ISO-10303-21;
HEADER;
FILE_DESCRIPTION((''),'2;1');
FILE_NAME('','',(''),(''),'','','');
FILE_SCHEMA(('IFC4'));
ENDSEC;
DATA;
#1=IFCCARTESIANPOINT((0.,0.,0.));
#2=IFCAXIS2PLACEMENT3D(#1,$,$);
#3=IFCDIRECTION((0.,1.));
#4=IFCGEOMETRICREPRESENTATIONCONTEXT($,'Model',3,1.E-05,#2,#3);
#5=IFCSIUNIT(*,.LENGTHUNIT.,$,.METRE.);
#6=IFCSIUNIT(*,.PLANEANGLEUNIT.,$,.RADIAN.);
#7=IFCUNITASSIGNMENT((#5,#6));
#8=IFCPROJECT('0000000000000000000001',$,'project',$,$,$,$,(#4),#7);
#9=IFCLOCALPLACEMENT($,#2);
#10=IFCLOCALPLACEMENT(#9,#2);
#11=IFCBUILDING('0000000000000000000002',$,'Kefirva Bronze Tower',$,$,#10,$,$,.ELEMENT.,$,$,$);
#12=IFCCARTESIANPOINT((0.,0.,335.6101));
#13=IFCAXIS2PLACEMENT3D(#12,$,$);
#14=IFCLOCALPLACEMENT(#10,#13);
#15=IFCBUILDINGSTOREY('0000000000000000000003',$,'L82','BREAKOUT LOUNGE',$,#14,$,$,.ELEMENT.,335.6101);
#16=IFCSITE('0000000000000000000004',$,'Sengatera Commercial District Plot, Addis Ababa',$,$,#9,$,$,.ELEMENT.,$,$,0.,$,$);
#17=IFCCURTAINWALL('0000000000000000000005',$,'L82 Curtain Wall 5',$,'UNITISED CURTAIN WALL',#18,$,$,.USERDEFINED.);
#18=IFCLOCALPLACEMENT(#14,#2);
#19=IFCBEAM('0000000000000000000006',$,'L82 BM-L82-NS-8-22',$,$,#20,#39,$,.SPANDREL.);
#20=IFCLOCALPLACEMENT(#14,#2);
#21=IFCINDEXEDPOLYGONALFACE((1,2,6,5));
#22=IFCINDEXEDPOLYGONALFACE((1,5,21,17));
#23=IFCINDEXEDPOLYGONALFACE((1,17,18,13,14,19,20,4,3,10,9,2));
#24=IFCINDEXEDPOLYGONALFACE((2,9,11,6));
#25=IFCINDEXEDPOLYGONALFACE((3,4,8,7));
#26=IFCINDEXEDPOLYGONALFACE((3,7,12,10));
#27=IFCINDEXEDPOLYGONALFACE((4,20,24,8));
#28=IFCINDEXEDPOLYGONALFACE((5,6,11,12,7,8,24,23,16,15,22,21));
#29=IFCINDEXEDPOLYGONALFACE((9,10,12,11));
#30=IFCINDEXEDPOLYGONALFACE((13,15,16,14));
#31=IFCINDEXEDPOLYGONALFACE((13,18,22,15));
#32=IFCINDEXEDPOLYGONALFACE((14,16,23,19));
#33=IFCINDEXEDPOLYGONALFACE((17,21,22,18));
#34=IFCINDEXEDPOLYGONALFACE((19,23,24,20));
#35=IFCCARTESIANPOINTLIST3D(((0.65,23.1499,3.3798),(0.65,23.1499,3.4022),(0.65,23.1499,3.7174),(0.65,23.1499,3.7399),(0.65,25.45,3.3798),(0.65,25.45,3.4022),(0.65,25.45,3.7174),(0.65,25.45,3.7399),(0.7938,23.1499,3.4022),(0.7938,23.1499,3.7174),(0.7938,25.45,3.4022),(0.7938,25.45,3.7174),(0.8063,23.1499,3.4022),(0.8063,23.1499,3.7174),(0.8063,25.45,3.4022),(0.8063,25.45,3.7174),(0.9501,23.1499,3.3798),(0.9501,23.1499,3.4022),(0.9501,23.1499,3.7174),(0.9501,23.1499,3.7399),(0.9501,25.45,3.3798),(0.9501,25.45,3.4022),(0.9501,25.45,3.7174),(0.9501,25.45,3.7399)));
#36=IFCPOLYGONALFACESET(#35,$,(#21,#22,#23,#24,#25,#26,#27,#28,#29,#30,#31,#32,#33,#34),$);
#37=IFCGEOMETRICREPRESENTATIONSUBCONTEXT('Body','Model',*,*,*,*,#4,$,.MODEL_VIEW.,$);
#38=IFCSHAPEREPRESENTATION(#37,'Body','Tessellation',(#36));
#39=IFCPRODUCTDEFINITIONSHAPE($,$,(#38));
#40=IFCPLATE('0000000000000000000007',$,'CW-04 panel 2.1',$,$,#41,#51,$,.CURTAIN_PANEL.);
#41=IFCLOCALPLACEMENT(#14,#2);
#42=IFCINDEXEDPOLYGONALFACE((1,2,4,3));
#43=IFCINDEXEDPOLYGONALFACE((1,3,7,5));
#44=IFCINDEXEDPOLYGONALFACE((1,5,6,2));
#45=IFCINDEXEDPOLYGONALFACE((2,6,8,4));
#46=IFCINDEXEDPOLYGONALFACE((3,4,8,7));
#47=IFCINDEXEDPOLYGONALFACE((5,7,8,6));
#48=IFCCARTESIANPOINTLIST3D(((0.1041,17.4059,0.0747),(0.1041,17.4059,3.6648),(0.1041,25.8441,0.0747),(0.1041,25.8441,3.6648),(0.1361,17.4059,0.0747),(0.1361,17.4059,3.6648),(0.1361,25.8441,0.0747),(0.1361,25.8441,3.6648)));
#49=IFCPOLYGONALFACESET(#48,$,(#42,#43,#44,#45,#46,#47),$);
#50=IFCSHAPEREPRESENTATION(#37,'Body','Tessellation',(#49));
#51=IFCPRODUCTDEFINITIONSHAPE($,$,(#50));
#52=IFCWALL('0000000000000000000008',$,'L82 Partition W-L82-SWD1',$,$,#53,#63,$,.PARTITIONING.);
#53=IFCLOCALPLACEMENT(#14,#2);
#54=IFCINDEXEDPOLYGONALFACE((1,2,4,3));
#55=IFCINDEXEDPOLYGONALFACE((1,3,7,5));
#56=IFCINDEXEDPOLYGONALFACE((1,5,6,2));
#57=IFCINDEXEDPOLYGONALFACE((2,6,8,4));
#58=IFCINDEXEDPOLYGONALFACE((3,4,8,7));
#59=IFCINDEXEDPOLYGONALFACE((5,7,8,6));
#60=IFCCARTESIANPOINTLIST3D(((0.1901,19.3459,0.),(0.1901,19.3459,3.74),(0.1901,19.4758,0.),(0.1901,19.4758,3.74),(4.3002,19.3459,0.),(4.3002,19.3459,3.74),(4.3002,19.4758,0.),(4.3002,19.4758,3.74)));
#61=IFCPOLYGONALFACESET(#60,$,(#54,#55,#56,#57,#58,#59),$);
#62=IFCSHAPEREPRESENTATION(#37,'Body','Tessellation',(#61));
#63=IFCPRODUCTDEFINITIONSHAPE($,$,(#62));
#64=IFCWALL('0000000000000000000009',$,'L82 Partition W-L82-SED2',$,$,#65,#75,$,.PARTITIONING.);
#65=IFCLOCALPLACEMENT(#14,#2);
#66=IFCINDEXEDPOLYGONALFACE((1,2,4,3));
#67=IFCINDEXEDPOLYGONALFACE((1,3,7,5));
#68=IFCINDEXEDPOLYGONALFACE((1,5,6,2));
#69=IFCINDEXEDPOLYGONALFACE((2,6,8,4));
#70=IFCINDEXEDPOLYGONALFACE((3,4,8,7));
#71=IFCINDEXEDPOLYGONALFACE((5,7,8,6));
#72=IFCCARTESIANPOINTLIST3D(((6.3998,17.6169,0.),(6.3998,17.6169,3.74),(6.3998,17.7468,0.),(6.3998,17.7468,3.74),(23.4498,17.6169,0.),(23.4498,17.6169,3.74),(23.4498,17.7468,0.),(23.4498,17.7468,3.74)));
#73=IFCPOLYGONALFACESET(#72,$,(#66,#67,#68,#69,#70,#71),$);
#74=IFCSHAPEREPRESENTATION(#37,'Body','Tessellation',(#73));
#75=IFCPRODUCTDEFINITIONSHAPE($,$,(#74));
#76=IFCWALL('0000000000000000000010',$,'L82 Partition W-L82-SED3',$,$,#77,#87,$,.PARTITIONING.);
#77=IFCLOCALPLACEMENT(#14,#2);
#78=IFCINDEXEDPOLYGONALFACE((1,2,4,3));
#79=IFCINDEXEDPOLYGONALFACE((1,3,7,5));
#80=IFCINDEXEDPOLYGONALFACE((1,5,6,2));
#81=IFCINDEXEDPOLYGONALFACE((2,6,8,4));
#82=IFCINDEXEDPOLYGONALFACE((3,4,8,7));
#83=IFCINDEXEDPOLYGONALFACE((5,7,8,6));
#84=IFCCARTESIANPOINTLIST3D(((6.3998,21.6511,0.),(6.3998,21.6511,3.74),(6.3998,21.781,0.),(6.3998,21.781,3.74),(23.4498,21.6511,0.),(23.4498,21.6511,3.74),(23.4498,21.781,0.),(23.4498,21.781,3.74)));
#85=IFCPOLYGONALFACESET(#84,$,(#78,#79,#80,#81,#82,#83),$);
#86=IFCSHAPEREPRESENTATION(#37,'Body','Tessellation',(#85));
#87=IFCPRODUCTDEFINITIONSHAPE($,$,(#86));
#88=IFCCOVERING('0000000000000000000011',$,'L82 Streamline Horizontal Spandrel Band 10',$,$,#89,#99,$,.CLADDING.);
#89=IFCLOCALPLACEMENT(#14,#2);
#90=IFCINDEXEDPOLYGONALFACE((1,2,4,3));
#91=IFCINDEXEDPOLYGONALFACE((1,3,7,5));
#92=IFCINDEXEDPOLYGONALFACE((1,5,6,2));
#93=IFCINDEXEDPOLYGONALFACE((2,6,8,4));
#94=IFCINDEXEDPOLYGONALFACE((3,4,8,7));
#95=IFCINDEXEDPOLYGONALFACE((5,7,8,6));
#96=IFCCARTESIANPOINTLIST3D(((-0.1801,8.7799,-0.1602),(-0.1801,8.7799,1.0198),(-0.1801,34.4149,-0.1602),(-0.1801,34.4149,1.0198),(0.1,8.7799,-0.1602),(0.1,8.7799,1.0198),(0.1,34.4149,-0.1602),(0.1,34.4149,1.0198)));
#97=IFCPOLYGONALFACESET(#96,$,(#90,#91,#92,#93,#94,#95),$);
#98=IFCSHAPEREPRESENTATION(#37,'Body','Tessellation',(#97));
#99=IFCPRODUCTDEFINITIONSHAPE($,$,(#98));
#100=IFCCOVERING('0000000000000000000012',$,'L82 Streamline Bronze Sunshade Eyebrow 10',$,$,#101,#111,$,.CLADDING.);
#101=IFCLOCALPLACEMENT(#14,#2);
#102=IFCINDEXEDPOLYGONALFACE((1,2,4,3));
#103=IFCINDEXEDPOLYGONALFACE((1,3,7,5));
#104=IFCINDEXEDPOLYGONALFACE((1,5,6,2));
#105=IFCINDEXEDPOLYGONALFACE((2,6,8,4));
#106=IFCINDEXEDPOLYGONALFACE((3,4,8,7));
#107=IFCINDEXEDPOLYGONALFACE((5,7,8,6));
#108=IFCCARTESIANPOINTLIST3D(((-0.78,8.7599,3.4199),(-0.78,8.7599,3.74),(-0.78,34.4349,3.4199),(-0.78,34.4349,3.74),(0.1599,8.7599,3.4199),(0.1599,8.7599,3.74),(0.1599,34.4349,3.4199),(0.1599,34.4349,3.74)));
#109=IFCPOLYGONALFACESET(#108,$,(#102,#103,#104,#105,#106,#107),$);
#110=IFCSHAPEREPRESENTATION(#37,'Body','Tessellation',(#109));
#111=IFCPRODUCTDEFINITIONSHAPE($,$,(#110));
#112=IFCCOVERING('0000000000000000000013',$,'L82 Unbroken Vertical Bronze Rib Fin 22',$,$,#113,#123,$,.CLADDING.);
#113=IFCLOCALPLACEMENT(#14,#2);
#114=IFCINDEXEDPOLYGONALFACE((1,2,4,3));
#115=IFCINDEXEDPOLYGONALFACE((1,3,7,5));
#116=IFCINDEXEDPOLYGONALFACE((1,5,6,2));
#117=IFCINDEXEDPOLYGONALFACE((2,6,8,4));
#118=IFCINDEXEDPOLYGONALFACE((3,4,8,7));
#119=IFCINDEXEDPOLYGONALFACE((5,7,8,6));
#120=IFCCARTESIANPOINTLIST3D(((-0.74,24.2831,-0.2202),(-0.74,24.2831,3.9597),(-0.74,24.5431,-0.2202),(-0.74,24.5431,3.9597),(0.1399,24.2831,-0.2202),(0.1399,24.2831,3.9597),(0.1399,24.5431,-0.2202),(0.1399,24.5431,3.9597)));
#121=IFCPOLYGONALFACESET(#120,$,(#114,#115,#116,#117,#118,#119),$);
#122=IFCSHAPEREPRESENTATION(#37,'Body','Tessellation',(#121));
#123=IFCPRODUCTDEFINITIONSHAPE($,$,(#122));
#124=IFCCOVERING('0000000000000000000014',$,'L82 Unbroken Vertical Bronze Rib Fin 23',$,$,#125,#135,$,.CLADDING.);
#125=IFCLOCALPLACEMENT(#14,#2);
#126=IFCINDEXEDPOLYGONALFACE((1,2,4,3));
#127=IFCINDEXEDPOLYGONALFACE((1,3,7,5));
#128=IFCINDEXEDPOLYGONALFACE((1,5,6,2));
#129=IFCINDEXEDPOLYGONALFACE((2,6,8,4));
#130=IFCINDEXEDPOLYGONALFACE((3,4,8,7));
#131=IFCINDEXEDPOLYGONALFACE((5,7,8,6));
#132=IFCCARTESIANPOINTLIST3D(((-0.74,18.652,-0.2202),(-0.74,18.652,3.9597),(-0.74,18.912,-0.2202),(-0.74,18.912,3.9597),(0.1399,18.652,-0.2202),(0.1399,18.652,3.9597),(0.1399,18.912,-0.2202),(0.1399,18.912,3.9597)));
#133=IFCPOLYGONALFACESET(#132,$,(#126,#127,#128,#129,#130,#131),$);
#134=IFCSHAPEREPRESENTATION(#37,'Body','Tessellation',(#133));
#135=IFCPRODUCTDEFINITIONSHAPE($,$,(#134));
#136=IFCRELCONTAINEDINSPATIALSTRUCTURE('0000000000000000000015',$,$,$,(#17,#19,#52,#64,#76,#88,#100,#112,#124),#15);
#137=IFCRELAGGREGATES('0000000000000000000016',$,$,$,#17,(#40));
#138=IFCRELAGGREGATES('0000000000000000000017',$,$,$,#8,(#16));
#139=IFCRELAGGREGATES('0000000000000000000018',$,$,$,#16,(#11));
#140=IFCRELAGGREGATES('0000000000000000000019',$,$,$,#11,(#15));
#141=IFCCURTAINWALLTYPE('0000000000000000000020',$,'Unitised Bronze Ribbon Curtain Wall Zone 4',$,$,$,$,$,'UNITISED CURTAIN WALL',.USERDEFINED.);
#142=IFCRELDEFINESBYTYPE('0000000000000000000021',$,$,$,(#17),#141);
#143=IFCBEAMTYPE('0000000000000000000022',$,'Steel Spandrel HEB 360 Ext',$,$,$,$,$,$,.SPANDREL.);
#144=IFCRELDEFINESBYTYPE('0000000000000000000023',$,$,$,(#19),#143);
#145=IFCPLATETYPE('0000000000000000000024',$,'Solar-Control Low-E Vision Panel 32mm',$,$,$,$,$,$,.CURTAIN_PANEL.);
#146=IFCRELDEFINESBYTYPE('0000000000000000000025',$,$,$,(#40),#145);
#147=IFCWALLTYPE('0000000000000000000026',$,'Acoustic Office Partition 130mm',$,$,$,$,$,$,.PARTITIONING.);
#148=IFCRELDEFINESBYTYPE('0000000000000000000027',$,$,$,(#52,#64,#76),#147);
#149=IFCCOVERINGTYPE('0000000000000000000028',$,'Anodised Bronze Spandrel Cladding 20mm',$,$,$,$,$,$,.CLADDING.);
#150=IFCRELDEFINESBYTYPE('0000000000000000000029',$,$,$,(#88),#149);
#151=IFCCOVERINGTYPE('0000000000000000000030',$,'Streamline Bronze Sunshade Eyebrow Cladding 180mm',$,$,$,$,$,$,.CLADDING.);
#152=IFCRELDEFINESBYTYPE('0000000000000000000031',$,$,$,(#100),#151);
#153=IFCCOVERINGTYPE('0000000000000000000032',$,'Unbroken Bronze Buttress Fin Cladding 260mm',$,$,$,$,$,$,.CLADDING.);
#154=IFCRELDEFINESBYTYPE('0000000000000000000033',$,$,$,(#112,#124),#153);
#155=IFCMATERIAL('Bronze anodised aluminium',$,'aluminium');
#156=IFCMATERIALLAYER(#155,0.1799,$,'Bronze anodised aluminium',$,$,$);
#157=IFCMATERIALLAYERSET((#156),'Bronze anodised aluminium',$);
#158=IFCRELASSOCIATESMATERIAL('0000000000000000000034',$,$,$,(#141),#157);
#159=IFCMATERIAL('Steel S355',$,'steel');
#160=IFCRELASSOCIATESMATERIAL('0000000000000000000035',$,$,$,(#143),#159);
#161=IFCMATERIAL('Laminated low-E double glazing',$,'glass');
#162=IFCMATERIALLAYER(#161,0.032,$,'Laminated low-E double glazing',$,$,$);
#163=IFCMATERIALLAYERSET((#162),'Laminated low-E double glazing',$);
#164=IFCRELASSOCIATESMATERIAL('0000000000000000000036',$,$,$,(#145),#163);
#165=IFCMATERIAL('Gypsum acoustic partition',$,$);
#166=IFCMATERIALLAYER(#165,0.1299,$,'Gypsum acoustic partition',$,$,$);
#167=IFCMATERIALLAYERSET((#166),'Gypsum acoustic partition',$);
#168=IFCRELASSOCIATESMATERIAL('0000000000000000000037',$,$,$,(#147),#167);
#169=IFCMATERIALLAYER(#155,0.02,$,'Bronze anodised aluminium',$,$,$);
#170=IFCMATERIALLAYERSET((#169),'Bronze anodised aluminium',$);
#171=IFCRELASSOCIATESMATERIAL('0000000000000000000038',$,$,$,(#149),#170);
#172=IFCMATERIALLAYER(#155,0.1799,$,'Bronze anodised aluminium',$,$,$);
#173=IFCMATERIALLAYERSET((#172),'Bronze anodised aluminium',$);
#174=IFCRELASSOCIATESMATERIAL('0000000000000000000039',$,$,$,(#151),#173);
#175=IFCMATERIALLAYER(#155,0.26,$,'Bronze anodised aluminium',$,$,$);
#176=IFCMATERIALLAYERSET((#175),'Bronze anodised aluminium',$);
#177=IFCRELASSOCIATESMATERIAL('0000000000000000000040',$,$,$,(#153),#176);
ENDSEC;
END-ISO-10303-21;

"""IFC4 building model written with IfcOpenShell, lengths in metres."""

from ifc_helpers import new_model, si_unit, direction, frame, frame_2d, origin, origin_2d, place, context, subcontext, project, spatial, rectangle, i_section, extrude, material, layer, layer_set, material_profile, profile_set, type_object, element, aggregate, save


model = new_model("IFC4")

# Units and contexts
model_context = context("Model", 3, precision=1e-05, world=origin(), true_north=direction((0.0, 1.0)))
body_context = subcontext(model_context, "Body", "Model", "MODEL_VIEW")
ifc_project = project(units=[si_unit("LENGTHUNIT", "METRE"), si_unit("PLANEANGLEUNIT", "RADIAN")], contexts=[model_context])

# Site, building, storey
site_placement = place(None, origin())
site = spatial("IfcSite", under=ifc_project, at=site_placement, Name="Sengatera Commercial District Plot, Addis Ababa", CompositionType="ELEMENT", RefElevation=0.0)
building_placement = place(site_placement, origin())
building = spatial("IfcBuilding", under=site, at=building_placement, Name="Kefirva Bronze Tower", CompositionType="ELEMENT")
storey_placement = place(building_placement, frame((0.0, 0.0, 335.6101)))
storey = spatial("IfcBuildingStorey", under=building, at=storey_placement, Name="L82", Description="BREAKOUT LOUNGE", CompositionType="ELEMENT", Elevation=335.6101)

# Curtain wall
ifc_material_1 = material(Name="Bronze anodised aluminium", Category="aluminium")
ifc_layer_1 = layer(ifc_material_1, 0.1799, Name="Bronze anodised aluminium")
ifc_layer_set_1 = layer_set([ifc_layer_1], Name="Bronze anodised aluminium")
curtain_wall_type = type_object("IfcCurtainWallType", Name="Unitised Bronze Ribbon Curtain Wall Zone 4", ElementType="UNITISED CURTAIN WALL", PredefinedType="USERDEFINED", material=ifc_layer_set_1)
curtain_wall_placement = place(storey_placement, origin())
curtain_wall = element("IfcCurtainWall", 1, at=curtain_wall_placement, inside=storey, type_object=curtain_wall_type, Name="L82 Curtain Wall 5", ObjectType="UNITISED CURTAIN WALL", PredefinedType="USERDEFINED")

# Beam
ifc_material_2 = material(Name="Steel S355", Category="steel")
ifc_material_profile_1 = material_profile(ifc_material_2, i_section(OverallWidth=0.3, OverallDepth=0.3601, WebThickness=0.0125, FlangeThickness=0.0225, at=origin_2d()), Name="HEB 360")
ifc_profile_set_1 = profile_set([ifc_material_profile_1], Name="Steel S355")
beam_type_1 = type_object("IfcBeamType", Name="Steel Spandrel HEB 360 Ext", PredefinedType="SPANDREL", material=ifc_profile_set_1)
beam_1_placement = place(storey_placement, frame((0.8, 23.1499, 3.5598), z_axis=(0.0, 1.0, 0.0), x_axis=(-1.0, 0.0, 0.0)))
element("IfcBeam", 2, at=beam_1_placement, inside=storey, type_object=beam_type_1, Name="L82 BM-L82-NS-8-22", PredefinedType="SPANDREL", context=body_context, shape_type="SweptSolid", body=[
    extrude(i_section(OverallWidth=0.3, OverallDepth=0.3601, WebThickness=0.0125, FlangeThickness=0.0225, at=origin_2d()), origin(), (0.0, 0.0, 1.0), 2.3),
])

# Plate
ifc_material_3 = material(Name="Laminated low-E double glazing", Category="glass")
ifc_layer_2 = layer(ifc_material_3, 0.032, Name="Laminated low-E double glazing")
ifc_layer_set_2 = layer_set([ifc_layer_2], Name="Laminated low-E double glazing")
plate_type = type_object("IfcPlateType", Name="Solar-Control Low-E Vision Panel 32mm", PredefinedType="CURTAIN_PANEL", material=ifc_layer_set_2)
plate_placement = place(storey_placement, frame((0.1201, 21.625, 0.0747), z_axis=(0.0, 0.0, 1.0), x_axis=(0.0, -1.0, 0.0)))
plate = element("IfcPlate", 3, at=plate_placement, type_object=plate_type, Name="CW-04 panel 2.1", PredefinedType="CURTAIN_PANEL", context=body_context, shape_type="SweptSolid", body=[
    extrude(rectangle(XDim=8.4382, YDim=0.032, at=origin_2d()), origin(), (0.0, 0.0, 1.0), 3.5901),
])
aggregate(curtain_wall, [plate])

# Walls
ifc_material_4 = material(Name="Gypsum acoustic partition")
ifc_layer_3 = layer(ifc_material_4, 0.1299, Name="Gypsum acoustic partition")
ifc_layer_set_3 = layer_set([ifc_layer_3], Name="Gypsum acoustic partition")
wall_type = type_object("IfcWallType", Name="Acoustic Office Partition 130mm", PredefinedType="PARTITIONING", material=ifc_layer_set_3)
wall_placement = place(storey_placement, frame((0.1899, 19.4109, 0.0), z_axis=(0.0, 0.0, 1.0), x_axis=(1.0, 0.0, 0.0)))
element("IfcWall", 4, at=wall_placement, inside=storey, type_object=wall_type, Name="L82 Partition W-L82-SWD1", PredefinedType="PARTITIONING", context=body_context, shape_type="SweptSolid", body=[
    extrude(rectangle(XDim=4.1101, YDim=0.1299, at=frame_2d((2.0552, 0.0))), origin(), (0.0, 0.0, 1.0), 3.74),
])
for number, where, z_axis, x_axis, name in (
    (5, (6.3999, 17.6819, 0.0), (0.0, 0.0, 1.0), (1.0, 0.0, 0.0), "L82 Partition W-L82-SED2"),
    (6, (6.3999, 21.7161, 0.0), (0.0, 0.0, 1.0), (1.0, 0.0, 0.0), "L82 Partition W-L82-SED3"),
):
    element("IfcWall", number, at=place(storey_placement, frame(where, z_axis=z_axis, x_axis=x_axis)), inside=storey, type_object=wall_type, Name=name, PredefinedType="PARTITIONING", context=body_context, shape_type="SweptSolid", body=[
        extrude(rectangle(XDim=17.05, YDim=0.1299, at=frame_2d((8.5249, 0.0))), origin(), (0.0, 0.0, 1.0), 3.74),
    ])

# Coverings
ifc_layer_4 = layer(ifc_material_1, 0.02, Name="Bronze anodised aluminium")
ifc_layer_set_4 = layer_set([ifc_layer_4], Name="Bronze anodised aluminium")
covering_type_1 = type_object("IfcCoveringType", Name="Anodised Bronze Spandrel Cladding 20mm", PredefinedType="CLADDING", material=ifc_layer_set_4)
covering_1_placement = place(storey_placement, frame((-0.04, 21.5974, -0.1602), z_axis=(0.0, 0.0, 1.0), x_axis=(0.0, -1.0, 0.0)))
element("IfcCovering", 7, at=covering_1_placement, inside=storey, type_object=covering_type_1, Name="L82 Streamline Horizontal Spandrel Band 10", PredefinedType="CLADDING", context=body_context, shape_type="SweptSolid", body=[
    extrude(rectangle(XDim=25.635, YDim=0.28, at=origin_2d()), origin(), (0.0, 0.0, 1.0), 1.1799),
])
ifc_layer_5 = layer(ifc_material_1, 0.1799, Name="Bronze anodised aluminium")
ifc_layer_set_5 = layer_set([ifc_layer_5], Name="Bronze anodised aluminium")
covering_type_2 = type_object("IfcCoveringType", Name="Streamline Bronze Sunshade Eyebrow Cladding 180mm", PredefinedType="CLADDING", material=ifc_layer_set_5)
covering_2_placement = place(storey_placement, frame((-0.3101, 21.5974, 3.4199), z_axis=(0.0, 0.0, 1.0), x_axis=(0.0, -1.0, 0.0)))
element("IfcCovering", 8, at=covering_2_placement, inside=storey, type_object=covering_type_2, Name="L82 Streamline Bronze Sunshade Eyebrow 10", PredefinedType="CLADDING", context=body_context, shape_type="SweptSolid", body=[
    extrude(rectangle(XDim=25.675, YDim=0.9399, at=origin_2d()), origin(), (0.0, 0.0, 1.0), 0.3201),
])
ifc_layer_6 = layer(ifc_material_1, 0.26, Name="Bronze anodised aluminium")
ifc_layer_set_6 = layer_set([ifc_layer_6], Name="Bronze anodised aluminium")
covering_type_3 = type_object("IfcCoveringType", Name="Unbroken Bronze Buttress Fin Cladding 260mm", PredefinedType="CLADDING", material=ifc_layer_set_6)
for number, where, z_axis, x_axis, name in (
    (9, (-0.3, 24.4131, -0.2202), (0.0, 0.0, 1.0), (0.0, -1.0, 0.0), "L82 Unbroken Vertical Bronze Rib Fin 22"),
    (10, (-0.3, 18.782, -0.2202), (0.0, 0.0, 1.0), (0.0, -1.0, 0.0), "L82 Unbroken Vertical Bronze Rib Fin 23"),
):
    element("IfcCovering", number, at=place(storey_placement, frame(where, z_axis=z_axis, x_axis=x_axis)), inside=storey, type_object=covering_type_3, Name=name, PredefinedType="CLADDING", context=body_context, shape_type="SweptSolid", body=[
        extrude(rectangle(XDim=0.26, YDim=0.8799, at=origin_2d()), origin(), (0.0, 0.0, 1.0), 4.1799),
    ])

save(model, "model.ifc")
